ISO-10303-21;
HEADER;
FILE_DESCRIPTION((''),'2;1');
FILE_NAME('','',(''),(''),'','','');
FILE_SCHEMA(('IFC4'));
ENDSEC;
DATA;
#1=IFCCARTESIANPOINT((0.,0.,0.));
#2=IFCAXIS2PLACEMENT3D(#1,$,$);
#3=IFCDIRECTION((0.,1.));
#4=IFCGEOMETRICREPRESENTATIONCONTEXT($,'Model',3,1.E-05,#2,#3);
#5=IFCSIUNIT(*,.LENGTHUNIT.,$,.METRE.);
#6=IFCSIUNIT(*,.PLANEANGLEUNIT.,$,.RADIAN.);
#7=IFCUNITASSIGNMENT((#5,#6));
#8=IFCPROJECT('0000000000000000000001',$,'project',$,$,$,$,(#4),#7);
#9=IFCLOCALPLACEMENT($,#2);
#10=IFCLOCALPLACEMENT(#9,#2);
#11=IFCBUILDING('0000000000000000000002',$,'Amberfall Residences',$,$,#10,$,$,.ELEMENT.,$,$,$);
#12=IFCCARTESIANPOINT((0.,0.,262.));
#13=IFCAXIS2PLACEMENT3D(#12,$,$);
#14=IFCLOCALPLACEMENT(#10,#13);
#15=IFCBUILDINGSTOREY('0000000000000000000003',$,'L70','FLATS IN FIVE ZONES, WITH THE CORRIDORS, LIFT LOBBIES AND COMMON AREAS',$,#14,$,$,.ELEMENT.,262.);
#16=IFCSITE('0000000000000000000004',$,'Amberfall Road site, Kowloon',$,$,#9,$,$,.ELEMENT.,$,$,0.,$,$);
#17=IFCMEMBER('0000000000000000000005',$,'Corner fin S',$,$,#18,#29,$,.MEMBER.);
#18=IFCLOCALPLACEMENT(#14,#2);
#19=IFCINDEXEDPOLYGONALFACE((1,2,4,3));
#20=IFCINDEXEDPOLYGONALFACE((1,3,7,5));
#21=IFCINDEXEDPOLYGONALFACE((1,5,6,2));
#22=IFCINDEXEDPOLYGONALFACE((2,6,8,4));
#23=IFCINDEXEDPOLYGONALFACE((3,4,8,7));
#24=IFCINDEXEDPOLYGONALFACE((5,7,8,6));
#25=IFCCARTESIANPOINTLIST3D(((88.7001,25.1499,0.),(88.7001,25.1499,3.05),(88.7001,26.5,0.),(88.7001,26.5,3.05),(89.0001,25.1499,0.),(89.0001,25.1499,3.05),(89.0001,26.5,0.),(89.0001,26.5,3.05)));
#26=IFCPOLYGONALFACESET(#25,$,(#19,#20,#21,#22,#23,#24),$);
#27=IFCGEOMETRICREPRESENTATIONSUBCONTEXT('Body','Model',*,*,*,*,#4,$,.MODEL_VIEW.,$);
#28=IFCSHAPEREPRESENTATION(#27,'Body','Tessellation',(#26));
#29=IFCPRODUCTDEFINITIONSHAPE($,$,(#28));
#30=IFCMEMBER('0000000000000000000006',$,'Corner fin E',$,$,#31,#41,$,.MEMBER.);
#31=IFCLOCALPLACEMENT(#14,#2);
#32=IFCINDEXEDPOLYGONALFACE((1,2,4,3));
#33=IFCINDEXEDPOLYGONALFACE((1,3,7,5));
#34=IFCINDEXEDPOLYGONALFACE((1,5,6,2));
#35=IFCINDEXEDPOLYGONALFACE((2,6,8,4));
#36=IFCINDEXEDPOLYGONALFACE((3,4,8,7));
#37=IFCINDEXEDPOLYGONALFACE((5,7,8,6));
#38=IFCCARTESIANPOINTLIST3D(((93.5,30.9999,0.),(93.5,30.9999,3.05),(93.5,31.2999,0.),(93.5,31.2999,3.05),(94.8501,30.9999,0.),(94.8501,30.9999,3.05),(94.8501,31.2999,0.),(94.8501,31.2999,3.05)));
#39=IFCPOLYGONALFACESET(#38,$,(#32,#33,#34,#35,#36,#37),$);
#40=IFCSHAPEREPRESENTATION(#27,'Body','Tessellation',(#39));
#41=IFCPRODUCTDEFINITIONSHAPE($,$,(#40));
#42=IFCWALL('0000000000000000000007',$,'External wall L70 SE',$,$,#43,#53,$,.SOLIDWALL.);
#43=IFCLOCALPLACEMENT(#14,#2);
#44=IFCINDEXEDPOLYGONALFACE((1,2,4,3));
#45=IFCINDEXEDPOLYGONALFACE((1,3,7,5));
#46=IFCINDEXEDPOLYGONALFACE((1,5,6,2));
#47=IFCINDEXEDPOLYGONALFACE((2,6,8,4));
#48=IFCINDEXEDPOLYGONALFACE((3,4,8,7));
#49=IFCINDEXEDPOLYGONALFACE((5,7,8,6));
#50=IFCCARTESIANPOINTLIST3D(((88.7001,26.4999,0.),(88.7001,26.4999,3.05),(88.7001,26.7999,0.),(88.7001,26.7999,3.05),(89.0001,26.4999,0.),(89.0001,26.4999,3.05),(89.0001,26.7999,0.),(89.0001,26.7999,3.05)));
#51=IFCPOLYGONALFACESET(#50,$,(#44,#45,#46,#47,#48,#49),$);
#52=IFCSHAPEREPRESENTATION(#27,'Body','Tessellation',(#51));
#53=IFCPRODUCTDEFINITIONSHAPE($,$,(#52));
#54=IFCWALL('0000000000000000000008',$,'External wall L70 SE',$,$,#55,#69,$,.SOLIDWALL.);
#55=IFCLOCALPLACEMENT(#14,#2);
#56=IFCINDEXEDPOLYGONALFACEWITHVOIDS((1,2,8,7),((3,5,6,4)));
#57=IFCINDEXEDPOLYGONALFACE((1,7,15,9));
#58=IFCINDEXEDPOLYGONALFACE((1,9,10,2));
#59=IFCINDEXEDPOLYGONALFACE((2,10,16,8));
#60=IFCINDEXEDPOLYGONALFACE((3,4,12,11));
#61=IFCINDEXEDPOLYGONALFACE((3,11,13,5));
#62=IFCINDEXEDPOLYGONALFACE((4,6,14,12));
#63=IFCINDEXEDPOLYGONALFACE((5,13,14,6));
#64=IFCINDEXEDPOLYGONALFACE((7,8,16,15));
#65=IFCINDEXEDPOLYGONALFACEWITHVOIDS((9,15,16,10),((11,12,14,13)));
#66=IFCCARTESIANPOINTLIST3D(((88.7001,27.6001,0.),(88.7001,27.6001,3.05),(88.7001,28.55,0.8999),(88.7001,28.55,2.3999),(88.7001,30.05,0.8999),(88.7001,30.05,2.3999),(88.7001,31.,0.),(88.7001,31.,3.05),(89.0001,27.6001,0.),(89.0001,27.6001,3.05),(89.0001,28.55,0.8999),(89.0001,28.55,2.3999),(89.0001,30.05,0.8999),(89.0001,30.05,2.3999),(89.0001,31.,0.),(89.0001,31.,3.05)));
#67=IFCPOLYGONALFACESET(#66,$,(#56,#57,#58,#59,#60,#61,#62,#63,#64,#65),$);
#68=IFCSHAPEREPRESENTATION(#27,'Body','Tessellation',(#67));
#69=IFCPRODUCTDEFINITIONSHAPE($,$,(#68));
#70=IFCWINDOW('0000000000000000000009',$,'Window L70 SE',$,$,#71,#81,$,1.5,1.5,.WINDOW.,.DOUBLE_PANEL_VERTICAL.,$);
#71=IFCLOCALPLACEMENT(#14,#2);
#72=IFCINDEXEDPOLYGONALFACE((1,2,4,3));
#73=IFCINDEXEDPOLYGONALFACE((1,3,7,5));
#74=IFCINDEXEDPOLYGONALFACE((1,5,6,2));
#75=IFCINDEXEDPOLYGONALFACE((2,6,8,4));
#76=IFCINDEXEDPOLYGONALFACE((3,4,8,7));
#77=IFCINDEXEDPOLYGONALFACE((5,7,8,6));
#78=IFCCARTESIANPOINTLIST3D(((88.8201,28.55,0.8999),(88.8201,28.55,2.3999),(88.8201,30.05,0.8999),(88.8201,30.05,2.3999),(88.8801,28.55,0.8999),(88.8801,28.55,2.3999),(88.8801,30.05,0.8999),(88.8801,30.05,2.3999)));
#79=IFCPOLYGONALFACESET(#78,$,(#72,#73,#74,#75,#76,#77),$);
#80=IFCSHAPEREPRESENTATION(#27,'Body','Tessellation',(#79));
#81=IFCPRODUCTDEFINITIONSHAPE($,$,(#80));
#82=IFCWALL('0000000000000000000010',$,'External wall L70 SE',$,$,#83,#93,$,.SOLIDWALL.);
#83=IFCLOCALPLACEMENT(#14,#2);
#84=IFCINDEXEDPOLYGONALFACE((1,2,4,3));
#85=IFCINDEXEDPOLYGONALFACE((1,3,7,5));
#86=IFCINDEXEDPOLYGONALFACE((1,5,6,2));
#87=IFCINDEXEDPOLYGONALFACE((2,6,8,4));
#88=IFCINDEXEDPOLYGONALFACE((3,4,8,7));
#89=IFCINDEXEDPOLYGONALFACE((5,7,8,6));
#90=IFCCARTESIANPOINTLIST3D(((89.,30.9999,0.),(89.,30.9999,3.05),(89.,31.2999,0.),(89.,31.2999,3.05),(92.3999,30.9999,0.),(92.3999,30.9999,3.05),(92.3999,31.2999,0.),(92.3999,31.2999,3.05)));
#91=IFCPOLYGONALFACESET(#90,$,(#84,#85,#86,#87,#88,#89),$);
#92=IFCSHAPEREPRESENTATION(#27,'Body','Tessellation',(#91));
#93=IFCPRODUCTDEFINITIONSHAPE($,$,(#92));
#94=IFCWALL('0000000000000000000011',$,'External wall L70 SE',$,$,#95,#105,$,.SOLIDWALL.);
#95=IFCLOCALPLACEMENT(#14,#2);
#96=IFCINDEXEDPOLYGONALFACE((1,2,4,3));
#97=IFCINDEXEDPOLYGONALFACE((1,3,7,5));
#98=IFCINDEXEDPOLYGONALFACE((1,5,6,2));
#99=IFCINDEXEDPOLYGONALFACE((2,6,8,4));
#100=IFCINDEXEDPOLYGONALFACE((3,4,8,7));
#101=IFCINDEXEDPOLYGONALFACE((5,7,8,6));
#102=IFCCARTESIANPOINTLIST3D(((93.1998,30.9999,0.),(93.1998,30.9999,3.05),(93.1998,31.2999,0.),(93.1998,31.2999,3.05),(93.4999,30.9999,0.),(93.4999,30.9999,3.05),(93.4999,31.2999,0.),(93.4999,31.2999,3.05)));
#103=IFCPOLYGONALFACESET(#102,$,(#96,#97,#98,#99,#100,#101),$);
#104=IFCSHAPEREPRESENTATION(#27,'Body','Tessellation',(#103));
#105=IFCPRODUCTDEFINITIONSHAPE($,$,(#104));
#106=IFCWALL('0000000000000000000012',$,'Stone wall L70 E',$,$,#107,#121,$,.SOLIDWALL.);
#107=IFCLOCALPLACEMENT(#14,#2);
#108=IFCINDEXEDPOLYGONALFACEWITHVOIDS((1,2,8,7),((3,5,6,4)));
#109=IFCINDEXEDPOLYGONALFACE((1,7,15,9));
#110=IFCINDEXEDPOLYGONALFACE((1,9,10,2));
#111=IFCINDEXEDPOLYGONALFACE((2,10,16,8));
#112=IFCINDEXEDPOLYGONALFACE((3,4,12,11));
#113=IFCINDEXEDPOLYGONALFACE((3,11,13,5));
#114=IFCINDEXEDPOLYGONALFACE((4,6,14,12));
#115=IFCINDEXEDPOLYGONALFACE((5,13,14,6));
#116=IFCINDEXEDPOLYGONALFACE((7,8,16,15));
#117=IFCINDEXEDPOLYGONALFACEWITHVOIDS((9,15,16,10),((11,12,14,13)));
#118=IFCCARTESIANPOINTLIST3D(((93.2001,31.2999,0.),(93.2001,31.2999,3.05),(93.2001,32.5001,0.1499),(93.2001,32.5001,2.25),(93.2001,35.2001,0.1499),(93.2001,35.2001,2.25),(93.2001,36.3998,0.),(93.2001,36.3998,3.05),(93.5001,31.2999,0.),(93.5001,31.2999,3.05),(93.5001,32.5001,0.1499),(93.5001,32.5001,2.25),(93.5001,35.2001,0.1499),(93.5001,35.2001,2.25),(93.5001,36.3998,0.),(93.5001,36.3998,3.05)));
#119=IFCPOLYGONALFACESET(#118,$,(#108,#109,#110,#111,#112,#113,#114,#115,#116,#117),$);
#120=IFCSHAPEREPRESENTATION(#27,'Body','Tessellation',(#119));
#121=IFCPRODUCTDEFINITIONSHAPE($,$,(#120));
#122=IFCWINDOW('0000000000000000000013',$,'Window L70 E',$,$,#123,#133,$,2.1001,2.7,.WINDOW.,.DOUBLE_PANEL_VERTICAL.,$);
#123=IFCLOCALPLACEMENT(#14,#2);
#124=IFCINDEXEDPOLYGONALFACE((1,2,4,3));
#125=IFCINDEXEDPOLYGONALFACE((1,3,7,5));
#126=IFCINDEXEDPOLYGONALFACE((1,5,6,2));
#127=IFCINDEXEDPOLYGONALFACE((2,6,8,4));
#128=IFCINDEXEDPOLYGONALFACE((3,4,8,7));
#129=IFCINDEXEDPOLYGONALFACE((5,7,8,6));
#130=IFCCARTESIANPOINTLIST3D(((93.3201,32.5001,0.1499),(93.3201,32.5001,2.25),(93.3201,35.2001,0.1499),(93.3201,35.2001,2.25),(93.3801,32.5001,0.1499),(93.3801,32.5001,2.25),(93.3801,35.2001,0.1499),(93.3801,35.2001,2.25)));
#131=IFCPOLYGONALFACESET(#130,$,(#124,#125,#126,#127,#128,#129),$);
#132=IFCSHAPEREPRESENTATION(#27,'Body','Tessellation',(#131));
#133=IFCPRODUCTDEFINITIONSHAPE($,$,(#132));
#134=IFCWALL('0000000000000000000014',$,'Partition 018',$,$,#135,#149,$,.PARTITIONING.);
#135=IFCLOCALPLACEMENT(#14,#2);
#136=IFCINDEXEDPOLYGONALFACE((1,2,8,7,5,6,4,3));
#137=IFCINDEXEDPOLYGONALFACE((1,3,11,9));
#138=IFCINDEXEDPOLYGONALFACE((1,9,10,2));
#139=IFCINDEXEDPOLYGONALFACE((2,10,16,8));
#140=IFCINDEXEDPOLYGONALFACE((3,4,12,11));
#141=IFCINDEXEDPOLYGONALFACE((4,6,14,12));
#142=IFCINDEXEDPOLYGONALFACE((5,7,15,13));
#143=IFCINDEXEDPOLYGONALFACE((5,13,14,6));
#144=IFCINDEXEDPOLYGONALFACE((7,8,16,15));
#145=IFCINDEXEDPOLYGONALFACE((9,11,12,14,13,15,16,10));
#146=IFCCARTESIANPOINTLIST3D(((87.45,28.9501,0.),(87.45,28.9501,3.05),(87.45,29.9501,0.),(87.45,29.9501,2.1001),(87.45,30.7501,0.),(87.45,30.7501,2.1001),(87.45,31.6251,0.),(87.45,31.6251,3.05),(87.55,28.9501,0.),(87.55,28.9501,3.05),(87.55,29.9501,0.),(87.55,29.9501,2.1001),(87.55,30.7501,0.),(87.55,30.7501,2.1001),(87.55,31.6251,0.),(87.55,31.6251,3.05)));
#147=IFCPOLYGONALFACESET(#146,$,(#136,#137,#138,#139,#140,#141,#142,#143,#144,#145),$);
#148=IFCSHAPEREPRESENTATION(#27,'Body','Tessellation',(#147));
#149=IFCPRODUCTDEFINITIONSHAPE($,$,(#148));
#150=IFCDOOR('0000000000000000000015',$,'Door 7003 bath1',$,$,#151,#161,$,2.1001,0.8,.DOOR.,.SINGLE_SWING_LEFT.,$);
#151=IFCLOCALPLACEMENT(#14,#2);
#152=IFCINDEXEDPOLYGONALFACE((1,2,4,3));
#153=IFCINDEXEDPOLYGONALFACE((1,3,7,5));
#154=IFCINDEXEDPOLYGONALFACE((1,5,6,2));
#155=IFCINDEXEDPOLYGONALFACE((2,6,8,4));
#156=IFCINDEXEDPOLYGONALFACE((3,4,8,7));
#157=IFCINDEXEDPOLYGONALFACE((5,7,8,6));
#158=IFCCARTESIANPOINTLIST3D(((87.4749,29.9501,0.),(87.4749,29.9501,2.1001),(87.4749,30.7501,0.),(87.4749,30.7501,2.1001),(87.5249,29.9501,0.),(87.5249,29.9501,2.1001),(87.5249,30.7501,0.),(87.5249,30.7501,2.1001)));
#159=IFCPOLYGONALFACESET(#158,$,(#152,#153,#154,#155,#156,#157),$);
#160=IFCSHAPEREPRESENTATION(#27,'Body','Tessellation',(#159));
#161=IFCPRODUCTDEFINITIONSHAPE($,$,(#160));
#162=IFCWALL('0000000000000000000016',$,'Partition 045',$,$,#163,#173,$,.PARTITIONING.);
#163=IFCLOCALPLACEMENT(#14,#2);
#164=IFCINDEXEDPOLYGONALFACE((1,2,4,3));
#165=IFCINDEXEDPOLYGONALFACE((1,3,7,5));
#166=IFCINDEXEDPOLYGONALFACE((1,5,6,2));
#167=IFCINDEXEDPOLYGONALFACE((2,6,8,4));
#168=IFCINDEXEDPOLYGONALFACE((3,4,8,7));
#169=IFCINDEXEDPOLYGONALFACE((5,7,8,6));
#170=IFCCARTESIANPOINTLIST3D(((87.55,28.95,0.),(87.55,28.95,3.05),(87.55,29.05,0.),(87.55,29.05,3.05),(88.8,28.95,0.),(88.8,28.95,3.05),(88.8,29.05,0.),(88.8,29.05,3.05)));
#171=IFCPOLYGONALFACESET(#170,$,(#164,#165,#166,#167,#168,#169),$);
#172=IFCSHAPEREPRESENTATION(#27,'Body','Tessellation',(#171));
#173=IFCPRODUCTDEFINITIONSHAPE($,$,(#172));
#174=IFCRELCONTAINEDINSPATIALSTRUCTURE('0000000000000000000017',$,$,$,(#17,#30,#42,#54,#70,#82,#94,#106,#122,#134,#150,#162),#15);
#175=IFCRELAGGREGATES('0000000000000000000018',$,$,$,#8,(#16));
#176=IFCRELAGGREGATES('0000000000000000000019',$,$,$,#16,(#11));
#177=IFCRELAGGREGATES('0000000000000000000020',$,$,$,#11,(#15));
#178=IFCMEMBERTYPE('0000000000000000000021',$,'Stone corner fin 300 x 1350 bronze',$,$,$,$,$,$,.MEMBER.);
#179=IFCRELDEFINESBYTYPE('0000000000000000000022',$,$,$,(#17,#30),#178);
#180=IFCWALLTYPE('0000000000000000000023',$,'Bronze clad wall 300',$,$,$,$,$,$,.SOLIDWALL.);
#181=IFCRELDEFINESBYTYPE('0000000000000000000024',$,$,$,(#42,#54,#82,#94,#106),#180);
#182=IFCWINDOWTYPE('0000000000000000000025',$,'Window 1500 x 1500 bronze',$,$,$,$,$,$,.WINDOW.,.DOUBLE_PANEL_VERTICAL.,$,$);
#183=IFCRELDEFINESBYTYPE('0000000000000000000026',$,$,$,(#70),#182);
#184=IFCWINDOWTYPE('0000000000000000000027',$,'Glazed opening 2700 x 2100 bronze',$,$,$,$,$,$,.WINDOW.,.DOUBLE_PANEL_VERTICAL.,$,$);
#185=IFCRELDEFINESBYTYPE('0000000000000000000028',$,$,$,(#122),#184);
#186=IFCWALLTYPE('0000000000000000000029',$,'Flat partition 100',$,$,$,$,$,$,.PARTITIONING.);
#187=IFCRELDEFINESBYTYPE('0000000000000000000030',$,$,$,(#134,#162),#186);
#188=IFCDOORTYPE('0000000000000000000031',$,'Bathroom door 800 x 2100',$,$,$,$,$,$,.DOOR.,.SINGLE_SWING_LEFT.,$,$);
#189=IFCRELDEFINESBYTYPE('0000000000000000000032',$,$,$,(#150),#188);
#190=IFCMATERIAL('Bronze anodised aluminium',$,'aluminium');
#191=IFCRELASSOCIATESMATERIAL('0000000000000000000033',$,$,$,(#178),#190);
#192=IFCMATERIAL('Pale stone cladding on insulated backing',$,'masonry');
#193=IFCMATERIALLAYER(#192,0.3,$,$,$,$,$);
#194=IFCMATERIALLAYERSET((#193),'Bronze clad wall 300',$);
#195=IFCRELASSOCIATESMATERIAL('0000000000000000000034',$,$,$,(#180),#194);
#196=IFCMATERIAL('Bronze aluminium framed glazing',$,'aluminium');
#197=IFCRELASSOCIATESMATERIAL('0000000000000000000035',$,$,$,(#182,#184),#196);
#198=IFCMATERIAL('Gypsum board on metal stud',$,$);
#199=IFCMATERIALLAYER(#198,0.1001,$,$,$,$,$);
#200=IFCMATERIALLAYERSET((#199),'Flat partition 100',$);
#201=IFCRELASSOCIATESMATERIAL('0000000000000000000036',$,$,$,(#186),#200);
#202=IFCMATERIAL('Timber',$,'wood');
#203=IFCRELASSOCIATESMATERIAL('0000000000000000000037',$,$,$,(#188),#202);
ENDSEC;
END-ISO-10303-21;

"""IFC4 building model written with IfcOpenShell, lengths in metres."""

from ifc_helpers import new_model, si_unit, direction, frame, frame_2d, origin, origin_2d, place, context, subcontext, project, spatial, rectangle, extrude, material, layer, layer_set, material_profile, profile_set, type_object, element, fill, save


model = new_model("IFC4")

# Units and contexts
model_context = context("Model", 3, precision=1e-05, world=origin(), true_north=direction((0.0, 1.0)))
body_context = subcontext(model_context, "Body", "Model", "MODEL_VIEW")
ifc_project = project(units=[si_unit("LENGTHUNIT", "METRE"), si_unit("PLANEANGLEUNIT", "RADIAN")], contexts=[model_context])

# Site, building, storey
site_placement = place(None, origin())
site = spatial("IfcSite", under=ifc_project, at=site_placement, Name="Amberfall Road site, Kowloon", CompositionType="ELEMENT", RefElevation=0.0)
building_placement = place(site_placement, origin())
building = spatial("IfcBuilding", under=site, at=building_placement, Name="Amberfall Residences", CompositionType="ELEMENT")
storey_placement = place(building_placement, frame((0.0, 0.0, 262.0)))
storey = spatial("IfcBuildingStorey", under=building, at=storey_placement, Name="L70", Description="FLATS IN FIVE ZONES, WITH THE CORRIDORS, LIFT LOBBIES AND COMMON AREAS", CompositionType="ELEMENT", Elevation=262.0)

# Members
ifc_material_1 = material(Name="Bronze anodised aluminium", Category="aluminium")
ifc_material_profile_1 = material_profile(ifc_material_1, rectangle(XDim=1.3501, YDim=0.3, at=origin_2d()), Name="Stone corner fin 300 x 1350 bronze")
ifc_profile_set_1 = profile_set([ifc_material_profile_1], Name="Bronze anodised aluminium")
member_type = type_object("IfcMemberType", Name="Stone corner fin 300 x 1350 bronze", PredefinedType="MEMBER", material=ifc_profile_set_1)
for number, where, z_axis, x_axis, name in (
    (1, (88.8501, 25.825, 0.0), (0.0, 0.0, 1.0), (0.0, 1.0, 0.0), "Corner fin S"),
    (2, (94.175, 31.1499, 0.0), (0.0, 0.0, 1.0), (-1.0, 0.0, 0.0), "Corner fin E"),
):
    element("IfcMember", number, at=place(storey_placement, frame(where, z_axis=z_axis, x_axis=x_axis)), inside=storey, type_object=member_type, Name=name, PredefinedType="MEMBER", context=body_context, shape_type="SweptSolid", body=[
        extrude(rectangle(XDim=1.3501, YDim=0.3, at=origin_2d()), origin(), (0.0, 0.0, 1.0), 3.05),
    ])

# Wall
ifc_material_2 = material(Name="Pale stone cladding on insulated backing", Category="masonry")
ifc_layer_1 = layer(ifc_material_2, 0.3)
ifc_layer_set_1 = layer_set([ifc_layer_1], Name="Bronze clad wall 300")
wall_type_1 = type_object("IfcWallType", Name="Bronze clad wall 300", PredefinedType="SOLIDWALL", material=ifc_layer_set_1)
wall_1_placement = place(storey_placement, frame((88.8501, 26.5, 0.0), z_axis=(0.0, 0.0, 1.0), x_axis=(0.0, 1.0, 0.0)))
element("IfcWall", 3, at=wall_1_placement, inside=storey, type_object=wall_type_1, Name="External wall L70 SE", PredefinedType="SOLIDWALL", context=body_context, shape_type="SweptSolid", body=[
    extrude(rectangle(XDim=0.3, YDim=0.3, at=frame_2d((0.1499, 0.0))), origin(), (0.0, 0.0, 1.0), 3.05),
])

# Wall, opening, window
wall_2_placement = place(storey_placement, frame((88.8501, 27.6001, 0.0), z_axis=(0.0, 0.0, 1.0), x_axis=(0.0, 1.0, 0.0)))
wall_2 = element("IfcWall", 4, at=wall_2_placement, inside=storey, type_object=wall_type_1, Name="External wall L70 SE", PredefinedType="SOLIDWALL", context=body_context, shape_type="SweptSolid", body=[
    extrude(rectangle(XDim=3.3999, YDim=0.3, at=frame_2d((1.7, 0.0))), origin(), (0.0, 0.0, 1.0), 3.05),
])
opening_1_placement = place(wall_2_placement, frame((0.95, 0.0, 0.8999)))
opening_1 = element("IfcOpeningElement", 5, at=opening_1_placement, cuts=wall_2, PredefinedType="OPENING", context=body_context, shape_type="SweptSolid", body=[
    extrude(rectangle(XDim=1.5, YDim=1.5, at=frame_2d((0.75, 0.75))), frame((0.0, 0.1599, 0.0), z_axis=(0.0, -1.0, 0.0), x_axis=(1.0, 0.0, 0.0)), (0.0, 0.0, 1.0), 0.3201),
])
ifc_material_3 = material(Name="Bronze aluminium framed glazing", Category="aluminium")
window_type_1 = type_object("IfcWindowType", Name="Window 1500 x 1500 bronze", PartitioningType="DOUBLE_PANEL_VERTICAL", PredefinedType="WINDOW", material=ifc_material_3)
window_1_placement = place(opening_1_placement, origin())
window_1 = element("IfcWindow", 6, at=window_1_placement, inside=storey, type_object=window_type_1, Name="Window L70 SE", OverallHeight=1.5, OverallWidth=1.5, PartitioningType="DOUBLE_PANEL_VERTICAL", PredefinedType="WINDOW", context=body_context, shape_type="SweptSolid", body=[
    extrude(rectangle(XDim=1.5, YDim=1.5, at=frame_2d((0.75, 0.75))), frame((0.0, 0.03, 0.0), z_axis=(0.0, -1.0, 0.0), x_axis=(1.0, 0.0, 0.0)), (0.0, 0.0, 1.0), 0.0601),
])
fill(opening_1, window_1)

# Walls
wall_3_placement = place(storey_placement, frame((89.0, 31.1499, 0.0), z_axis=(0.0, 0.0, 1.0), x_axis=(1.0, 0.0, 0.0)))
element("IfcWall", 7, at=wall_3_placement, inside=storey, type_object=wall_type_1, Name="External wall L70 SE", PredefinedType="SOLIDWALL", context=body_context, shape_type="SweptSolid", body=[
    extrude(rectangle(XDim=3.3999, YDim=0.3, at=frame_2d((1.7, 0.0))), origin(), (0.0, 0.0, 1.0), 3.05),
])
wall_4_placement = place(storey_placement, frame((93.2, 31.1499, 0.0), z_axis=(0.0, 0.0, 1.0), x_axis=(1.0, 0.0, 0.0)))
element("IfcWall", 8, at=wall_4_placement, inside=storey, type_object=wall_type_1, Name="External wall L70 SE", PredefinedType="SOLIDWALL", context=body_context, shape_type="SweptSolid", body=[
    extrude(rectangle(XDim=0.3, YDim=0.3, at=frame_2d((0.1499, 0.0))), origin(), (0.0, 0.0, 1.0), 3.05),
])

# Wall, opening, window
wall_5_placement = place(storey_placement, frame((93.3501, 31.3, 0.0), z_axis=(0.0, 0.0, 1.0), x_axis=(0.0, 1.0, 0.0)))
wall_5 = element("IfcWall", 9, at=wall_5_placement, inside=storey, type_object=wall_type_1, Name="Stone wall L70 E", PredefinedType="SOLIDWALL", context=body_context, shape_type="SweptSolid", body=[
    extrude(rectangle(XDim=5.0999, YDim=0.3, at=frame_2d((2.5498, 0.0))), origin(), (0.0, 0.0, 1.0), 3.05),
])
opening_2_placement = place(wall_5_placement, frame((1.2, 0.0, 0.1499)))
opening_2 = element("IfcOpeningElement", 10, at=opening_2_placement, cuts=wall_5, PredefinedType="OPENING", context=body_context, shape_type="SweptSolid", body=[
    extrude(rectangle(XDim=2.7, YDim=2.1001, at=frame_2d((1.3501, 1.05))), frame((0.0, 0.1599, 0.0), z_axis=(0.0, -1.0, 0.0), x_axis=(1.0, 0.0, 0.0)), (0.0, 0.0, 1.0), 0.3201),
])
window_type_2 = type_object("IfcWindowType", Name="Glazed opening 2700 x 2100 bronze", PartitioningType="DOUBLE_PANEL_VERTICAL", PredefinedType="WINDOW", material=ifc_material_3)
window_2_placement = place(opening_2_placement, origin())
window_2 = element("IfcWindow", 11, at=window_2_placement, inside=storey, type_object=window_type_2, Name="Window L70 E", OverallHeight=2.1001, OverallWidth=2.7, PartitioningType="DOUBLE_PANEL_VERTICAL", PredefinedType="WINDOW", context=body_context, shape_type="SweptSolid", body=[
    extrude(rectangle(XDim=2.7, YDim=2.1001, at=frame_2d((1.3501, 1.05))), frame((0.0, 0.03, 0.0), z_axis=(0.0, -1.0, 0.0), x_axis=(1.0, 0.0, 0.0)), (0.0, 0.0, 1.0), 0.0601),
])
fill(opening_2, window_2)

# Wall, opening, door
ifc_material_4 = material(Name="Gypsum board on metal stud")
ifc_layer_2 = layer(ifc_material_4, 0.1001)
ifc_layer_set_2 = layer_set([ifc_layer_2], Name="Flat partition 100")
wall_type_2 = type_object("IfcWallType", Name="Flat partition 100", PredefinedType="PARTITIONING", material=ifc_layer_set_2)
wall_6_placement = place(storey_placement, frame((87.5, 31.625, 0.0), z_axis=(0.0, 0.0, 1.0), x_axis=(0.0, -1.0, 0.0)))
wall_6 = element("IfcWall", 12, at=wall_6_placement, inside=storey, type_object=wall_type_2, Name="Partition 018", PredefinedType="PARTITIONING", context=body_context, shape_type="SweptSolid", body=[
    extrude(rectangle(XDim=2.675, YDim=0.1001, at=frame_2d((1.3374, 0.0))), origin(), (0.0, 0.0, 1.0), 3.05),
])
opening_3_placement = place(wall_6_placement, frame((0.875, 0.0, 0.0)))
opening_3 = element("IfcOpeningElement", 13, at=opening_3_placement, cuts=wall_6, PredefinedType="OPENING", context=body_context, shape_type="SweptSolid", body=[
    extrude(rectangle(XDim=0.8, YDim=2.1001, at=frame_2d((0.3999, 1.05))), frame((0.0, 0.0601, 0.0), z_axis=(0.0, -1.0, 0.0), x_axis=(1.0, 0.0, 0.0)), (0.0, 0.0, 1.0), 0.1201),
])
ifc_material_5 = material(Name="Timber", Category="wood")
door_type_1 = type_object("IfcDoorType", Name="Bathroom door 800 x 2100", OperationType="SINGLE_SWING_LEFT", PredefinedType="DOOR", material=ifc_material_5)
door_1_placement = place(opening_3_placement, origin())
door_1 = element("IfcDoor", 14, at=door_1_placement, inside=storey, type_object=door_type_1, Name="Door 7003 bath1", OperationType="SINGLE_SWING_LEFT", OverallHeight=2.1001, OverallWidth=0.8, PredefinedType="DOOR", context=body_context, shape_type="SweptSolid", body=[
    extrude(rectangle(XDim=0.8, YDim=2.1001, at=frame_2d((0.3999, 1.05))), frame((0.0, 0.0249, 0.0), z_axis=(0.0, -1.0, 0.0), x_axis=(1.0, 0.0, 0.0)), (0.0, 0.0, 1.0), 0.05),
])
fill(opening_3, door_1)

# Wall
wall_7_placement = place(storey_placement, frame((87.55, 29.0, 0.0), z_axis=(0.0, 0.0, 1.0), x_axis=(1.0, 0.0, 0.0)))
element("IfcWall", 15, at=wall_7_placement, inside=storey, type_object=wall_type_2, Name="Partition 045", PredefinedType="PARTITIONING", context=body_context, shape_type="SweptSolid", body=[
    extrude(rectangle(XDim=1.25, YDim=0.1001, at=frame_2d((0.625, 0.0))), origin(), (0.0, 0.0, 1.0), 3.05),
])

save(model, "model.ifc")
